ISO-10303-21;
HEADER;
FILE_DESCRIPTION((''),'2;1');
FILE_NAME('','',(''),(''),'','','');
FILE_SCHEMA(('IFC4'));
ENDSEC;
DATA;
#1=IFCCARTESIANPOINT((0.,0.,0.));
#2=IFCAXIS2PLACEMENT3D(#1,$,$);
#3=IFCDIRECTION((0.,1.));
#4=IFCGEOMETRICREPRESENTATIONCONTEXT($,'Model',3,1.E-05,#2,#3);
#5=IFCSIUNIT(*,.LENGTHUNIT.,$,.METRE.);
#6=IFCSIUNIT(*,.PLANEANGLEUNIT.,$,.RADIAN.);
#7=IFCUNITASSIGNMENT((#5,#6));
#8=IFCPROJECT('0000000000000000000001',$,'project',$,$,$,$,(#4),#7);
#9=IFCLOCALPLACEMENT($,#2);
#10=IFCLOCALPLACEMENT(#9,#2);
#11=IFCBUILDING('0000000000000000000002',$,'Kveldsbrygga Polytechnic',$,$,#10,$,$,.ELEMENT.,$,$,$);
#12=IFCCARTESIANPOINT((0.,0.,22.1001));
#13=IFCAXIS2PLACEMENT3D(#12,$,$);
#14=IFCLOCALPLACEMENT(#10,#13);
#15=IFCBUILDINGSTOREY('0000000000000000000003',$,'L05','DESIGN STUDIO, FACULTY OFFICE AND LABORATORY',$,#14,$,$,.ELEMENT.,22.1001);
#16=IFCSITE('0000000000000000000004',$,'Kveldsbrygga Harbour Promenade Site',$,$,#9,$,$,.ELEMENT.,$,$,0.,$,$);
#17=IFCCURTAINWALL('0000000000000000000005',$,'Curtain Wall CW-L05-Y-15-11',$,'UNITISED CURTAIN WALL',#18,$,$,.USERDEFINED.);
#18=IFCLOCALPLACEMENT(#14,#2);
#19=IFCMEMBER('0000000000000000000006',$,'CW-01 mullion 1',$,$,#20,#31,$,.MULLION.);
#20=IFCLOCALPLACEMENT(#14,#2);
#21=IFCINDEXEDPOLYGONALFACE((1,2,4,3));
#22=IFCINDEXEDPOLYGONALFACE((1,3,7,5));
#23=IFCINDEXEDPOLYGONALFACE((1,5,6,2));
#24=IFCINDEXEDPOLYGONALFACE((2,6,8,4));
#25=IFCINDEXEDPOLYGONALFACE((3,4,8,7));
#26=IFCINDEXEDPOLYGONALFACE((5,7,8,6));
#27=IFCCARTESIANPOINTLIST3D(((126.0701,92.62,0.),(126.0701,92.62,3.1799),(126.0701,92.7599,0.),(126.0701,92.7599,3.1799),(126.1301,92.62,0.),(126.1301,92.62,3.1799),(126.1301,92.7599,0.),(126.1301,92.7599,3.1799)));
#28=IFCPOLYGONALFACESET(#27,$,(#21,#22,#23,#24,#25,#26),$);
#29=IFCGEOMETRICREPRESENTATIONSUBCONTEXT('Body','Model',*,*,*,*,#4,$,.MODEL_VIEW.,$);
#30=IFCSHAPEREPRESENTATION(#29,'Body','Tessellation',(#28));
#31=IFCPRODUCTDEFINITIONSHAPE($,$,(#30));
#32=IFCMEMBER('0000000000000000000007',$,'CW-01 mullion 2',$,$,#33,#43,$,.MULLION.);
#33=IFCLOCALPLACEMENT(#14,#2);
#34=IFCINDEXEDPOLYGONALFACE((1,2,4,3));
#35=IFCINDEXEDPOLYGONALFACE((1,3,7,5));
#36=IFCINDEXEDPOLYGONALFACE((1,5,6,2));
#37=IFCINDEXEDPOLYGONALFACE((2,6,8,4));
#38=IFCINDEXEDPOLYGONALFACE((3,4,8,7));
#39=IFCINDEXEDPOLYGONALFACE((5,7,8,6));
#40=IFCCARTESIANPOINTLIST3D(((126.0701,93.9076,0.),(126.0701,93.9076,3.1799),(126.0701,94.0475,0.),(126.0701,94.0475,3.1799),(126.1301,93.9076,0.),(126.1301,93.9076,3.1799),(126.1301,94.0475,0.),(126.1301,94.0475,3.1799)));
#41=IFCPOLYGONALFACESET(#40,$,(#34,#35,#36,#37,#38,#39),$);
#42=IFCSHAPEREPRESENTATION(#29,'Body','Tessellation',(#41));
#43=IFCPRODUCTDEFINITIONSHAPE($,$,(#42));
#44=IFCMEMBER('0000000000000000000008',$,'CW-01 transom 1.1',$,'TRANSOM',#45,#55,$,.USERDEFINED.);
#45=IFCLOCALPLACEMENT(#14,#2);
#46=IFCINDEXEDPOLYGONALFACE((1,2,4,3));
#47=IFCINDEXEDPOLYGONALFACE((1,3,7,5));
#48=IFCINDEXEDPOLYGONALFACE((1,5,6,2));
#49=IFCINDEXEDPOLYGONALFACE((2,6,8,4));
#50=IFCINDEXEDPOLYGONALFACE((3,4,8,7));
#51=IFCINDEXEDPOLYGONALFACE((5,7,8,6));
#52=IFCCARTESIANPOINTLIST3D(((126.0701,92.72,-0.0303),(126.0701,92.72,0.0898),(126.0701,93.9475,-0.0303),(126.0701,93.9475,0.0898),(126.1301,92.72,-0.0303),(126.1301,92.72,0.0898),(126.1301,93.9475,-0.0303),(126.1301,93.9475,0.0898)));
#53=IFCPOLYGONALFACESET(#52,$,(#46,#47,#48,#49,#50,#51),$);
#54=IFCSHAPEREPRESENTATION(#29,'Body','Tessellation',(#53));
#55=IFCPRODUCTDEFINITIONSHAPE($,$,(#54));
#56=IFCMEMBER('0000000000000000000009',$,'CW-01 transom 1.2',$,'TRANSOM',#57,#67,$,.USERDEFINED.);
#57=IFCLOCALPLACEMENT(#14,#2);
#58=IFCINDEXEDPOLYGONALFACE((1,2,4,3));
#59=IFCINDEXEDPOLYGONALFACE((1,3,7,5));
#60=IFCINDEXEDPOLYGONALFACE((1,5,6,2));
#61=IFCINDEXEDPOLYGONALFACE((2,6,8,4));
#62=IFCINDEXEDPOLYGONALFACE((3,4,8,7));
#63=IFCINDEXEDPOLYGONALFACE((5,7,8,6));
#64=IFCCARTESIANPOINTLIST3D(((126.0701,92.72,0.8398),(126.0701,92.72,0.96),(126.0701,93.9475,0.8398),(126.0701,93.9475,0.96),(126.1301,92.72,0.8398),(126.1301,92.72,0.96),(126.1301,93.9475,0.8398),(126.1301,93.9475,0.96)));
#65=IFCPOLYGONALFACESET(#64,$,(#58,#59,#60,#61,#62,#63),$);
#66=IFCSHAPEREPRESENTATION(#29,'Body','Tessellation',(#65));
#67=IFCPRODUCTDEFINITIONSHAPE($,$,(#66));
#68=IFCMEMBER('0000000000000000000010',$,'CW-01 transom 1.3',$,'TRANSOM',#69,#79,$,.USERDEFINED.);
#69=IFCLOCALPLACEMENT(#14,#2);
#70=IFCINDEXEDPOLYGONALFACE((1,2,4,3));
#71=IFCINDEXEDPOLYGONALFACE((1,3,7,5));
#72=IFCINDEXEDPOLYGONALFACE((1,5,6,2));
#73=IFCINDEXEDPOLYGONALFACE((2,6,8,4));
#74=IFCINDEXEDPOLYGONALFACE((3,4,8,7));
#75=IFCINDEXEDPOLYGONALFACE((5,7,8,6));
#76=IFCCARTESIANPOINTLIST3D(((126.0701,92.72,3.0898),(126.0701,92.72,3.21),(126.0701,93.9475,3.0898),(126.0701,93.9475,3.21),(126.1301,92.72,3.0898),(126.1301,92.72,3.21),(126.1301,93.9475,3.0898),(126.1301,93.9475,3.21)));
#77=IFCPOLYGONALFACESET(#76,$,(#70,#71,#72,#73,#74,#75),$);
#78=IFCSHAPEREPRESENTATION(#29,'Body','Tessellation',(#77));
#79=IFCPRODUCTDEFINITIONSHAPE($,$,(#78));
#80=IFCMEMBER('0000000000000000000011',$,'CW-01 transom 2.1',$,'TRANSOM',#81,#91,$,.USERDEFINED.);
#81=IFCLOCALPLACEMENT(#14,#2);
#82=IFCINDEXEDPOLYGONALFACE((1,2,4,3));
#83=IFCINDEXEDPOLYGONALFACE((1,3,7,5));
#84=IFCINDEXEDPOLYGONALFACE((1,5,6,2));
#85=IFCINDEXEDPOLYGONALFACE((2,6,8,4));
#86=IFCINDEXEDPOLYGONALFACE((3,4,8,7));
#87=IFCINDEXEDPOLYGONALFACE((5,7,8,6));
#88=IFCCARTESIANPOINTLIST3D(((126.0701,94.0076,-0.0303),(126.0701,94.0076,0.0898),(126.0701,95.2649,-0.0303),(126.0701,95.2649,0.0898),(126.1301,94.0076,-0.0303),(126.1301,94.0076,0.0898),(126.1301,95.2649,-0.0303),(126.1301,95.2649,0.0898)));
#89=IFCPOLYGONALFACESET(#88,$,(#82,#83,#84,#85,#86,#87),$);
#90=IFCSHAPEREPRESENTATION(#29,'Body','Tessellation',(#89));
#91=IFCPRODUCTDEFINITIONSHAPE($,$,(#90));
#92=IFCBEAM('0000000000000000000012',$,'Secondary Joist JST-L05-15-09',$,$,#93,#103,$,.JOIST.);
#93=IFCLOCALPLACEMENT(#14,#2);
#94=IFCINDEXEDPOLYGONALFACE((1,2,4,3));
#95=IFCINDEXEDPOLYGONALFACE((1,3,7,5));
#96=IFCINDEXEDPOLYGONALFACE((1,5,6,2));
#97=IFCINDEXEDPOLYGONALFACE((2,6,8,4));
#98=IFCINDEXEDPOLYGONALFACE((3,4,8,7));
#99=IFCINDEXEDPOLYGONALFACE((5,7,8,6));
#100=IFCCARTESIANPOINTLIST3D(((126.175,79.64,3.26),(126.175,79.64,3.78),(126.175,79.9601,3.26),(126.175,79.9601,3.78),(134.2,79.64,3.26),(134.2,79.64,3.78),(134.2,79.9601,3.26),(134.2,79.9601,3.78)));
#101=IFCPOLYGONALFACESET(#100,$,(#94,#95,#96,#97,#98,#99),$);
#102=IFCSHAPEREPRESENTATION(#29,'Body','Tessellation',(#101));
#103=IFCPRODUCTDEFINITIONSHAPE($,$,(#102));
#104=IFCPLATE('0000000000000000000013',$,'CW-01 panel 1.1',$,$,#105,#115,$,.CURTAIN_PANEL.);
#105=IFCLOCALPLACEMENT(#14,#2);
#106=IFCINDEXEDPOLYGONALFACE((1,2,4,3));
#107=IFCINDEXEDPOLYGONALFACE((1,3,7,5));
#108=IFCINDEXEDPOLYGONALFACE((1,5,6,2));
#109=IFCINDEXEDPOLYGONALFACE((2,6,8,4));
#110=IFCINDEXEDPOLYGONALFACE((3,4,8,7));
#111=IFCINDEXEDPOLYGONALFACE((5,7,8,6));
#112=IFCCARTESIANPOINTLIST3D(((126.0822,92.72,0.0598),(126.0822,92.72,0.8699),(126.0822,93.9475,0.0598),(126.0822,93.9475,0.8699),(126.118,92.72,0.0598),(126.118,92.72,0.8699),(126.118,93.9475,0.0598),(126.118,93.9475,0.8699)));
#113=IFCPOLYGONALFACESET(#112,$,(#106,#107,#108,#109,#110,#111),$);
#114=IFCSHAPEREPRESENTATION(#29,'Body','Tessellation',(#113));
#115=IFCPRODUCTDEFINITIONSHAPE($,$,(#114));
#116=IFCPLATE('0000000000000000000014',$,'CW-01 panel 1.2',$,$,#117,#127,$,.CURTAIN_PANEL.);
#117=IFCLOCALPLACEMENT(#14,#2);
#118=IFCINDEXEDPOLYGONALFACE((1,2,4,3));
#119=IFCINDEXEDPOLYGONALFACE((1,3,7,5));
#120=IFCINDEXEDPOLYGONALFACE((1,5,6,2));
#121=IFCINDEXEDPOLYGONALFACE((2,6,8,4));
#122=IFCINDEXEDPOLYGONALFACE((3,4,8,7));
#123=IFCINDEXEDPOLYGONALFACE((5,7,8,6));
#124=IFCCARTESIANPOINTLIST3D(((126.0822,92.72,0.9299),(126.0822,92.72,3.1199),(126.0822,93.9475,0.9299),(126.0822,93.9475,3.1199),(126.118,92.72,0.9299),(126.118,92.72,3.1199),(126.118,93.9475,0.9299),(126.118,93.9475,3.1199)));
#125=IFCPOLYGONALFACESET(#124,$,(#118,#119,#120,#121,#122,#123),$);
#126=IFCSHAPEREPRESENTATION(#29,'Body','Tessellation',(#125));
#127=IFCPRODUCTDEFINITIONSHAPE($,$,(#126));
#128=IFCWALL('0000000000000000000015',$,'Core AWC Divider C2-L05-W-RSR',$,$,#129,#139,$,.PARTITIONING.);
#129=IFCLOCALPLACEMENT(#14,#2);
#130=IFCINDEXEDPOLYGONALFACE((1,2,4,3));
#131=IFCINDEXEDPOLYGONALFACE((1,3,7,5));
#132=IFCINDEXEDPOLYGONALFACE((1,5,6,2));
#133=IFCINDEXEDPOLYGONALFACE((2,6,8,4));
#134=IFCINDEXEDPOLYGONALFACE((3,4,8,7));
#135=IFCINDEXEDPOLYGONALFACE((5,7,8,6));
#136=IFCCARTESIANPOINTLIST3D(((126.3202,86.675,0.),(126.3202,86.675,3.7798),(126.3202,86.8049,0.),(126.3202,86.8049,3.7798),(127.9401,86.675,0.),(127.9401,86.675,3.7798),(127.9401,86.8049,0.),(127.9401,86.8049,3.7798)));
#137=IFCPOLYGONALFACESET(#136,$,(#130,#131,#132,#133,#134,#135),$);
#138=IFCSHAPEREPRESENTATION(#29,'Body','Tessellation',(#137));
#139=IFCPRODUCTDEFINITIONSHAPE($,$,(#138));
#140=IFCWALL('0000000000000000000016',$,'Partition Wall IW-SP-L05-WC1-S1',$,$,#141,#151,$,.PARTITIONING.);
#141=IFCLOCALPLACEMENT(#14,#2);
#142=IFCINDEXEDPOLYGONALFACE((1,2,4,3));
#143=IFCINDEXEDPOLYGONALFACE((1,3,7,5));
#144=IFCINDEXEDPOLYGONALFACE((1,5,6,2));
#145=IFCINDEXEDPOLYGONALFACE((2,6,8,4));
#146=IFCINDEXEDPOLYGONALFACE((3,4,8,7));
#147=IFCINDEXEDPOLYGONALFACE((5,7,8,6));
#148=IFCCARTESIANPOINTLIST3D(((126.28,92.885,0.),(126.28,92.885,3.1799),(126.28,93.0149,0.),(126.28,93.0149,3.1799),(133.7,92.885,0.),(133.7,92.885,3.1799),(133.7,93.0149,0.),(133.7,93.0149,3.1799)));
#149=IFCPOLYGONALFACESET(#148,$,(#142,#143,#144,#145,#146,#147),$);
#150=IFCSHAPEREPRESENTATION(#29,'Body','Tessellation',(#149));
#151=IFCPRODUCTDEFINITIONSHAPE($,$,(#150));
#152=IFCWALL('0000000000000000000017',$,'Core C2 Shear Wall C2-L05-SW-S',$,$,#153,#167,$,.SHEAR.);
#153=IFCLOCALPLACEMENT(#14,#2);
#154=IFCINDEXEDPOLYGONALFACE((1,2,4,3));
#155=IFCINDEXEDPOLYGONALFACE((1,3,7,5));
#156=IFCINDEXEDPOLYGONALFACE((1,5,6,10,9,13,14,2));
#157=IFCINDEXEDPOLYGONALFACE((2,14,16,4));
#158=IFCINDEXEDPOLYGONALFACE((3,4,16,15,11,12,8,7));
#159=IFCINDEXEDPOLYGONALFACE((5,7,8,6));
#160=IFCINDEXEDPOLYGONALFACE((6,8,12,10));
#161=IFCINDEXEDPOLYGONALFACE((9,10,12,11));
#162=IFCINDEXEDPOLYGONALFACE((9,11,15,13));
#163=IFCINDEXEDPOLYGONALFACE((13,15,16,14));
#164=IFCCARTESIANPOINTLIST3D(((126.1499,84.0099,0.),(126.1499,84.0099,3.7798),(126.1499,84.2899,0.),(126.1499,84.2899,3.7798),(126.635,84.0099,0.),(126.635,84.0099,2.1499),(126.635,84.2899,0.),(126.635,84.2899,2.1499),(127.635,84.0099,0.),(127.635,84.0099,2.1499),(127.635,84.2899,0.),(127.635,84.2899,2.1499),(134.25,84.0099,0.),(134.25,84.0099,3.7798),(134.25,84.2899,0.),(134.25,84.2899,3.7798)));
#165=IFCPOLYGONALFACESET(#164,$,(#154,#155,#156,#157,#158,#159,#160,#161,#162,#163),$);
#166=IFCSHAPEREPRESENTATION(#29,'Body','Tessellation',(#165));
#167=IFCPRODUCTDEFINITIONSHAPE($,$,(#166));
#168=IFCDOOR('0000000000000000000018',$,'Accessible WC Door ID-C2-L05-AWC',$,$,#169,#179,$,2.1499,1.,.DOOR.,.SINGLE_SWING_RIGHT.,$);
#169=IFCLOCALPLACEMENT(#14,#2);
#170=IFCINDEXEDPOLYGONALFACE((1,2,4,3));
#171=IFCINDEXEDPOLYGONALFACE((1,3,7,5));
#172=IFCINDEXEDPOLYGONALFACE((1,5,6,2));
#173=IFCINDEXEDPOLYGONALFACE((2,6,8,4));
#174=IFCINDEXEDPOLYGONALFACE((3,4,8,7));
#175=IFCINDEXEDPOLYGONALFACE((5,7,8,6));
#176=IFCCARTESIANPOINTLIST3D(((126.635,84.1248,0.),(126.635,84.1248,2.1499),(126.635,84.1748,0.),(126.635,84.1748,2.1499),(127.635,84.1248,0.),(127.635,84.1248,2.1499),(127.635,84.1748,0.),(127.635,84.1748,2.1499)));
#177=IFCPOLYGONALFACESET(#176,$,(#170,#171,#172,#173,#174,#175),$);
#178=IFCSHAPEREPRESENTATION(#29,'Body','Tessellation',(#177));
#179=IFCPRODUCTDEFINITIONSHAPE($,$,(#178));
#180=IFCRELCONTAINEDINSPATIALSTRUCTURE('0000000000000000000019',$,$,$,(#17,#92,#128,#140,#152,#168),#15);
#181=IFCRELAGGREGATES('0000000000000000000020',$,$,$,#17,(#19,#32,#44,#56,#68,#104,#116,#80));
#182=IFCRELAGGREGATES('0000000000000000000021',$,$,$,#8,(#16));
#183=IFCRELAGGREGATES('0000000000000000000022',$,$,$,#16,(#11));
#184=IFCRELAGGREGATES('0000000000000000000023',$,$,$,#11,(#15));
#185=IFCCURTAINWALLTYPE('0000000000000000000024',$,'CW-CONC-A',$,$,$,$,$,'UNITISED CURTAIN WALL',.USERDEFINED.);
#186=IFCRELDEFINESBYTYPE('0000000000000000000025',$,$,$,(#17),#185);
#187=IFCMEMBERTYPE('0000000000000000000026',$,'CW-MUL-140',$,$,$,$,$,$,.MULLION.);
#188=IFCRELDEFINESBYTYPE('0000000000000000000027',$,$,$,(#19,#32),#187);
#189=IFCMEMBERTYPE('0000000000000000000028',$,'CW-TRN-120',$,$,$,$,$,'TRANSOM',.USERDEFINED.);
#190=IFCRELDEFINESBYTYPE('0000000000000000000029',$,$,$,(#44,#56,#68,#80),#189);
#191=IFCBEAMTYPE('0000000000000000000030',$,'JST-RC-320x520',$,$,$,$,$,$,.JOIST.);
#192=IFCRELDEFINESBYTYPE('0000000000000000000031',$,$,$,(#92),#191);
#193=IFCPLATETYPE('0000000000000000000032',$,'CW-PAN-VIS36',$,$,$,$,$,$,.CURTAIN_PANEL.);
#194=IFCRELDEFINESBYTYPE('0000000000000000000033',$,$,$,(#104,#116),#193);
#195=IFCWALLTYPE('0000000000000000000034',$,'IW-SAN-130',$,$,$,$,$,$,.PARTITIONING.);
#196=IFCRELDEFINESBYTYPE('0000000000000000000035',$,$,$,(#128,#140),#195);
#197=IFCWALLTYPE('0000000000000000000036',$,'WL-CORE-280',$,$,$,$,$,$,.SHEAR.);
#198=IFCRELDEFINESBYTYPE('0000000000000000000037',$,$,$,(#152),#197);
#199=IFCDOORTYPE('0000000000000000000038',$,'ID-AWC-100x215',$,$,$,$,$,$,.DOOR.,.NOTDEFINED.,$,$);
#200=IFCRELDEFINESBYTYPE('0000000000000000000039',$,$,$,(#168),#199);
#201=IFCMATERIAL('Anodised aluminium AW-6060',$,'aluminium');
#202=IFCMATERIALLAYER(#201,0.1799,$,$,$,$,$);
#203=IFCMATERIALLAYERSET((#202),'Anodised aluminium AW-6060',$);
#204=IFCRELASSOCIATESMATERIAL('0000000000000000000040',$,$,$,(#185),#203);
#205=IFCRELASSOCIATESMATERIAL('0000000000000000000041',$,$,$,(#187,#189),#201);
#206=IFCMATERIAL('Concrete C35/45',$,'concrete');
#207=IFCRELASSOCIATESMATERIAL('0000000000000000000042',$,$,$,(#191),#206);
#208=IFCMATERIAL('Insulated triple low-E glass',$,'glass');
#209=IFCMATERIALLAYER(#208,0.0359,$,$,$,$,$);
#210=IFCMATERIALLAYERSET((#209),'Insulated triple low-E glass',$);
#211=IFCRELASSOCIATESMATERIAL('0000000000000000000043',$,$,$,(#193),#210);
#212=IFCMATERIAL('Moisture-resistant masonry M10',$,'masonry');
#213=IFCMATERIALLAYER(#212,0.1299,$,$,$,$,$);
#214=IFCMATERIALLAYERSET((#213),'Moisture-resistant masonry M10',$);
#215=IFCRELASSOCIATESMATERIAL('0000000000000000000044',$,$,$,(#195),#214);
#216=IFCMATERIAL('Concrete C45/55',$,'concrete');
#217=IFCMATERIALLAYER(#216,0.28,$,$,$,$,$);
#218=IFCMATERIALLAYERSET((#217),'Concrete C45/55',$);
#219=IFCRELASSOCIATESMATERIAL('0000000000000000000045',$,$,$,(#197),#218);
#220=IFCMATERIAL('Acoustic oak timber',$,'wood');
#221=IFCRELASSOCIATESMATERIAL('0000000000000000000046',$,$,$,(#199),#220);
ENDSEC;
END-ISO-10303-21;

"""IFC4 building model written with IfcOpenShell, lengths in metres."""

from ifc_helpers import new_model, si_unit, direction, frame, frame_2d, origin, origin_2d, place, context, subcontext, project, spatial, rectangle, extrude, material, layer, layer_set, material_profile, profile_set, type_object, element, fill, aggregate, save


model = new_model("IFC4")

# Units and contexts
model_context = context("Model", 3, precision=1e-05, world=origin(), true_north=direction((0.0, 1.0)))
body_context = subcontext(model_context, "Body", "Model", "MODEL_VIEW")
ifc_project = project(units=[si_unit("LENGTHUNIT", "METRE"), si_unit("PLANEANGLEUNIT", "RADIAN")], contexts=[model_context])

# Site, building, storey
site_placement = place(None, origin())
site = spatial("IfcSite", under=ifc_project, at=site_placement, Name="Kveldsbrygga Harbour Promenade Site", CompositionType="ELEMENT", RefElevation=0.0)
building_placement = place(site_placement, origin())
building = spatial("IfcBuilding", under=site, at=building_placement, Name="Kveldsbrygga Polytechnic", CompositionType="ELEMENT")
storey_placement = place(building_placement, frame((0.0, 0.0, 22.1001)))
storey = spatial("IfcBuildingStorey", under=building, at=storey_placement, Name="L05", Description="DESIGN STUDIO, FACULTY OFFICE AND LABORATORY", CompositionType="ELEMENT", Elevation=22.1001)

# Curtain wall, members
ifc_material_1 = material(Name="Anodised aluminium AW-6060", Category="aluminium")
ifc_layer_1 = layer(ifc_material_1, 0.1799)
ifc_layer_set_1 = layer_set([ifc_layer_1], Name="Anodised aluminium AW-6060")
curtain_wall_type = type_object("IfcCurtainWallType", Name="CW-CONC-A", ElementType="UNITISED CURTAIN WALL", PredefinedType="USERDEFINED", material=ifc_layer_set_1)
curtain_wall_placement = place(storey_placement, origin())
curtain_wall = element("IfcCurtainWall", 1, at=curtain_wall_placement, inside=storey, type_object=curtain_wall_type, Name="Curtain Wall CW-L05-Y-15-11", ObjectType="UNITISED CURTAIN WALL", PredefinedType="USERDEFINED")
ifc_material_profile_1 = material_profile(ifc_material_1, rectangle(XDim=0.0601, YDim=0.1399, at=origin_2d()), Name="ALU 60x140")
ifc_profile_set_1 = profile_set([ifc_material_profile_1], Name="Anodised aluminium AW-6060")
member_type_1 = type_object("IfcMemberType", Name="CW-MUL-140", PredefinedType="MULLION", material=ifc_profile_set_1)
member_1_placement = place(storey_placement, frame((126.1001, 92.6899, 0.0), z_axis=(0.0, 0.0, 1.0), x_axis=(-1.0, 0.0, 0.0)))
member_1 = element("IfcMember", 2, at=member_1_placement, type_object=member_type_1, Name="CW-01 mullion 1", PredefinedType="MULLION", context=body_context, shape_type="SweptSolid", body=[
    extrude(rectangle(XDim=0.0601, YDim=0.1399, at=origin_2d()), origin(), (0.0, 0.0, 1.0), 3.1799),
])
member_2_placement = place(storey_placement, frame((126.1001, 93.9775, 0.0), z_axis=(0.0, 0.0, 1.0), x_axis=(-1.0, 0.0, 0.0)))
member_2 = element("IfcMember", 3, at=member_2_placement, type_object=member_type_1, Name="CW-01 mullion 2", PredefinedType="MULLION", context=body_context, shape_type="SweptSolid", body=[
    extrude(rectangle(XDim=0.0601, YDim=0.1399, at=origin_2d()), origin(), (0.0, 0.0, 1.0), 3.1799),
])
ifc_material_profile_2 = material_profile(ifc_material_1, rectangle(XDim=0.0601, YDim=0.1201, at=origin_2d()), Name="ALU 60x120")
ifc_profile_set_2 = profile_set([ifc_material_profile_2], Name="Anodised aluminium AW-6060")
member_type_2 = type_object("IfcMemberType", Name="CW-TRN-120", ElementType="TRANSOM", PredefinedType="USERDEFINED", material=ifc_profile_set_2)
member_3_placement = place(storey_placement, frame((126.1001, 92.72, 0.0298), z_axis=(0.0, 1.0, 0.0), x_axis=(-1.0, 0.0, 0.0)))
member_3 = element("IfcMember", 4, at=member_3_placement, type_object=member_type_2, Name="CW-01 transom 1.1", ObjectType="TRANSOM", PredefinedType="USERDEFINED", context=body_context, shape_type="SweptSolid", body=[
    extrude(rectangle(XDim=0.0601, YDim=0.1201, at=origin_2d()), origin(), (0.0, 0.0, 1.0), 1.2275),
])
member_4_placement = place(storey_placement, frame((126.1001, 92.72, 0.8999), z_axis=(0.0, 1.0, 0.0), x_axis=(-1.0, 0.0, 0.0)))
member_4 = element("IfcMember", 5, at=member_4_placement, type_object=member_type_2, Name="CW-01 transom 1.2", ObjectType="TRANSOM", PredefinedType="USERDEFINED", context=body_context, shape_type="SweptSolid", body=[
    extrude(rectangle(XDim=0.0601, YDim=0.1201, at=origin_2d()), origin(), (0.0, 0.0, 1.0), 1.2275),
])
member_5_placement = place(storey_placement, frame((126.1001, 92.72, 3.1499), z_axis=(0.0, 1.0, 0.0), x_axis=(-1.0, 0.0, 0.0)))
member_5 = element("IfcMember", 6, at=member_5_placement, type_object=member_type_2, Name="CW-01 transom 1.3", ObjectType="TRANSOM", PredefinedType="USERDEFINED", context=body_context, shape_type="SweptSolid", body=[
    extrude(rectangle(XDim=0.0601, YDim=0.1201, at=origin_2d()), origin(), (0.0, 0.0, 1.0), 1.2275),
])
member_6_placement = place(storey_placement, frame((126.1001, 94.0076, 0.0298), z_axis=(0.0, 1.0, 0.0), x_axis=(-1.0, 0.0, 0.0)))
member_6 = element("IfcMember", 7, at=member_6_placement, type_object=member_type_2, Name="CW-01 transom 2.1", ObjectType="TRANSOM", PredefinedType="USERDEFINED", context=body_context, shape_type="SweptSolid", body=[
    extrude(rectangle(XDim=0.0601, YDim=0.1201, at=origin_2d()), origin(), (0.0, 0.0, 1.0), 1.2573),
])

# Beam
ifc_material_2 = material(Name="Concrete C35/45", Category="concrete")
ifc_material_profile_3 = material_profile(ifc_material_2, rectangle(XDim=0.3201, YDim=0.52, at=origin_2d()), Name="RC 320x520")
ifc_profile_set_3 = profile_set([ifc_material_profile_3], Name="Concrete C35/45")
beam_type = type_object("IfcBeamType", Name="JST-RC-320x520", PredefinedType="JOIST", material=ifc_profile_set_3)
beam_placement = place(storey_placement, frame((126.175, 79.8, 3.52), z_axis=(1.0, 0.0, 0.0), x_axis=(0.0, 1.0, 0.0)))
element("IfcBeam", 8, at=beam_placement, inside=storey, type_object=beam_type, Name="Secondary Joist JST-L05-15-09", PredefinedType="JOIST", context=body_context, shape_type="SweptSolid", body=[
    extrude(rectangle(XDim=0.3201, YDim=0.52, at=origin_2d()), origin(), (0.0, 0.0, 1.0), 8.0249),
])

# Plates
ifc_material_3 = material(Name="Insulated triple low-E glass", Category="glass")
ifc_layer_2 = layer(ifc_material_3, 0.0359)
ifc_layer_set_2 = layer_set([ifc_layer_2], Name="Insulated triple low-E glass")
plate_type = type_object("IfcPlateType", Name="CW-PAN-VIS36", PredefinedType="CURTAIN_PANEL", material=ifc_layer_set_2)
plate_1_placement = place(storey_placement, frame((126.1001, 93.3337, 0.0598), z_axis=(0.0, 0.0, 1.0), x_axis=(0.0, 1.0, 0.0)))
plate_1 = element("IfcPlate", 9, at=plate_1_placement, type_object=plate_type, Name="CW-01 panel 1.1", PredefinedType="CURTAIN_PANEL", context=body_context, shape_type="SweptSolid", body=[
    extrude(rectangle(XDim=1.2275, YDim=0.0359, at=origin_2d()), origin(), (0.0, 0.0, 1.0), 0.8101),
])
plate_2_placement = place(storey_placement, frame((126.1001, 93.3337, 0.9299), z_axis=(0.0, 0.0, 1.0), x_axis=(0.0, 1.0, 0.0)))
plate_2 = element("IfcPlate", 10, at=plate_2_placement, type_object=plate_type, Name="CW-01 panel 1.2", PredefinedType="CURTAIN_PANEL", context=body_context, shape_type="SweptSolid", body=[
    extrude(rectangle(XDim=1.2275, YDim=0.0359, at=origin_2d()), origin(), (0.0, 0.0, 1.0), 2.1899),
])
aggregate(curtain_wall, [member_1, member_2, member_3, member_4, member_5, plate_1, plate_2, member_6])

# Walls
ifc_material_4 = material(Name="Moisture-resistant masonry M10", Category="masonry")
ifc_layer_3 = layer(ifc_material_4, 0.1299)
ifc_layer_set_3 = layer_set([ifc_layer_3], Name="Moisture-resistant masonry M10")
wall_type_1 = type_object("IfcWallType", Name="IW-SAN-130", PredefinedType="PARTITIONING", material=ifc_layer_set_3)
wall_1_placement = place(storey_placement, frame((126.3201, 86.74, 0.0), z_axis=(0.0, 0.0, 1.0), x_axis=(1.0, 0.0, 0.0)))
element("IfcWall", 11, at=wall_1_placement, inside=storey, type_object=wall_type_1, Name="Core AWC Divider C2-L05-W-RSR", PredefinedType="PARTITIONING", context=body_context, shape_type="SweptSolid", body=[
    extrude(rectangle(XDim=1.6199, YDim=0.1299, at=frame_2d((0.8101, 0.0))), origin(), (0.0, 0.0, 1.0), 3.7798),
])
wall_2_placement = place(storey_placement, frame((126.28, 92.95, 0.0), z_axis=(0.0, 0.0, 1.0), x_axis=(1.0, 0.0, 0.0)))
element("IfcWall", 12, at=wall_2_placement, inside=storey, type_object=wall_type_1, Name="Partition Wall IW-SP-L05-WC1-S1", PredefinedType="PARTITIONING", context=body_context, shape_type="SweptSolid", body=[
    extrude(rectangle(XDim=7.4199, YDim=0.1299, at=frame_2d((3.71, 0.0))), origin(), (0.0, 0.0, 1.0), 3.1799),
])

# Wall, opening, door
ifc_material_5 = material(Name="Concrete C45/55", Category="concrete")
ifc_layer_4 = layer(ifc_material_5, 0.28)
ifc_layer_set_4 = layer_set([ifc_layer_4], Name="Concrete C45/55")
wall_type_2 = type_object("IfcWallType", Name="WL-CORE-280", PredefinedType="SHEAR", material=ifc_layer_set_4)
wall_3_placement = place(storey_placement, frame((126.1499, 84.1499, 0.0), z_axis=(0.0, 0.0, 1.0), x_axis=(1.0, 0.0, 0.0)))
wall_3 = element("IfcWall", 13, at=wall_3_placement, inside=storey, type_object=wall_type_2, Name="Core C2 Shear Wall C2-L05-SW-S", PredefinedType="SHEAR", context=body_context, shape_type="SweptSolid", body=[
    extrude(rectangle(XDim=8.1001, YDim=0.28, at=frame_2d((4.05, 0.0))), origin(), (0.0, 0.0, 1.0), 3.7798),
])
opening_1_placement = place(wall_3_placement, frame((0.4851, 0.0, 0.0)))
opening_1 = element("IfcOpeningElement", 14, at=opening_1_placement, cuts=wall_3, PredefinedType="OPENING", context=body_context, shape_type="SweptSolid", body=[
    extrude(rectangle(XDim=1.0, YDim=2.1499, at=frame_2d((0.5, 1.075))), frame((0.0, 0.1499, 0.0), z_axis=(0.0, -1.0, 0.0), x_axis=(1.0, 0.0, 0.0)), (0.0, 0.0, 1.0), 0.3),
])
ifc_material_6 = material(Name="Acoustic oak timber", Category="wood")
door_type_1 = type_object("IfcDoorType", Name="ID-AWC-100x215", OperationType="NOTDEFINED", PredefinedType="DOOR", material=ifc_material_6)
door_1_placement = place(opening_1_placement, origin())
door_1 = element("IfcDoor", 15, at=door_1_placement, inside=storey, type_object=door_type_1, Name="Accessible WC Door ID-C2-L05-AWC", OperationType="SINGLE_SWING_RIGHT", OverallHeight=2.1499, OverallWidth=1.0, PredefinedType="DOOR", context=body_context, shape_type="SweptSolid", body=[
    extrude(rectangle(XDim=1.0, YDim=2.1499, at=frame_2d((0.5, 1.075))), frame((0.0, 0.0249, 0.0), z_axis=(0.0, -1.0, 0.0), x_axis=(1.0, 0.0, 0.0)), (0.0, 0.0, 1.0), 0.05),
])
fill(opening_1, door_1)

save(model, "model.ifc")
